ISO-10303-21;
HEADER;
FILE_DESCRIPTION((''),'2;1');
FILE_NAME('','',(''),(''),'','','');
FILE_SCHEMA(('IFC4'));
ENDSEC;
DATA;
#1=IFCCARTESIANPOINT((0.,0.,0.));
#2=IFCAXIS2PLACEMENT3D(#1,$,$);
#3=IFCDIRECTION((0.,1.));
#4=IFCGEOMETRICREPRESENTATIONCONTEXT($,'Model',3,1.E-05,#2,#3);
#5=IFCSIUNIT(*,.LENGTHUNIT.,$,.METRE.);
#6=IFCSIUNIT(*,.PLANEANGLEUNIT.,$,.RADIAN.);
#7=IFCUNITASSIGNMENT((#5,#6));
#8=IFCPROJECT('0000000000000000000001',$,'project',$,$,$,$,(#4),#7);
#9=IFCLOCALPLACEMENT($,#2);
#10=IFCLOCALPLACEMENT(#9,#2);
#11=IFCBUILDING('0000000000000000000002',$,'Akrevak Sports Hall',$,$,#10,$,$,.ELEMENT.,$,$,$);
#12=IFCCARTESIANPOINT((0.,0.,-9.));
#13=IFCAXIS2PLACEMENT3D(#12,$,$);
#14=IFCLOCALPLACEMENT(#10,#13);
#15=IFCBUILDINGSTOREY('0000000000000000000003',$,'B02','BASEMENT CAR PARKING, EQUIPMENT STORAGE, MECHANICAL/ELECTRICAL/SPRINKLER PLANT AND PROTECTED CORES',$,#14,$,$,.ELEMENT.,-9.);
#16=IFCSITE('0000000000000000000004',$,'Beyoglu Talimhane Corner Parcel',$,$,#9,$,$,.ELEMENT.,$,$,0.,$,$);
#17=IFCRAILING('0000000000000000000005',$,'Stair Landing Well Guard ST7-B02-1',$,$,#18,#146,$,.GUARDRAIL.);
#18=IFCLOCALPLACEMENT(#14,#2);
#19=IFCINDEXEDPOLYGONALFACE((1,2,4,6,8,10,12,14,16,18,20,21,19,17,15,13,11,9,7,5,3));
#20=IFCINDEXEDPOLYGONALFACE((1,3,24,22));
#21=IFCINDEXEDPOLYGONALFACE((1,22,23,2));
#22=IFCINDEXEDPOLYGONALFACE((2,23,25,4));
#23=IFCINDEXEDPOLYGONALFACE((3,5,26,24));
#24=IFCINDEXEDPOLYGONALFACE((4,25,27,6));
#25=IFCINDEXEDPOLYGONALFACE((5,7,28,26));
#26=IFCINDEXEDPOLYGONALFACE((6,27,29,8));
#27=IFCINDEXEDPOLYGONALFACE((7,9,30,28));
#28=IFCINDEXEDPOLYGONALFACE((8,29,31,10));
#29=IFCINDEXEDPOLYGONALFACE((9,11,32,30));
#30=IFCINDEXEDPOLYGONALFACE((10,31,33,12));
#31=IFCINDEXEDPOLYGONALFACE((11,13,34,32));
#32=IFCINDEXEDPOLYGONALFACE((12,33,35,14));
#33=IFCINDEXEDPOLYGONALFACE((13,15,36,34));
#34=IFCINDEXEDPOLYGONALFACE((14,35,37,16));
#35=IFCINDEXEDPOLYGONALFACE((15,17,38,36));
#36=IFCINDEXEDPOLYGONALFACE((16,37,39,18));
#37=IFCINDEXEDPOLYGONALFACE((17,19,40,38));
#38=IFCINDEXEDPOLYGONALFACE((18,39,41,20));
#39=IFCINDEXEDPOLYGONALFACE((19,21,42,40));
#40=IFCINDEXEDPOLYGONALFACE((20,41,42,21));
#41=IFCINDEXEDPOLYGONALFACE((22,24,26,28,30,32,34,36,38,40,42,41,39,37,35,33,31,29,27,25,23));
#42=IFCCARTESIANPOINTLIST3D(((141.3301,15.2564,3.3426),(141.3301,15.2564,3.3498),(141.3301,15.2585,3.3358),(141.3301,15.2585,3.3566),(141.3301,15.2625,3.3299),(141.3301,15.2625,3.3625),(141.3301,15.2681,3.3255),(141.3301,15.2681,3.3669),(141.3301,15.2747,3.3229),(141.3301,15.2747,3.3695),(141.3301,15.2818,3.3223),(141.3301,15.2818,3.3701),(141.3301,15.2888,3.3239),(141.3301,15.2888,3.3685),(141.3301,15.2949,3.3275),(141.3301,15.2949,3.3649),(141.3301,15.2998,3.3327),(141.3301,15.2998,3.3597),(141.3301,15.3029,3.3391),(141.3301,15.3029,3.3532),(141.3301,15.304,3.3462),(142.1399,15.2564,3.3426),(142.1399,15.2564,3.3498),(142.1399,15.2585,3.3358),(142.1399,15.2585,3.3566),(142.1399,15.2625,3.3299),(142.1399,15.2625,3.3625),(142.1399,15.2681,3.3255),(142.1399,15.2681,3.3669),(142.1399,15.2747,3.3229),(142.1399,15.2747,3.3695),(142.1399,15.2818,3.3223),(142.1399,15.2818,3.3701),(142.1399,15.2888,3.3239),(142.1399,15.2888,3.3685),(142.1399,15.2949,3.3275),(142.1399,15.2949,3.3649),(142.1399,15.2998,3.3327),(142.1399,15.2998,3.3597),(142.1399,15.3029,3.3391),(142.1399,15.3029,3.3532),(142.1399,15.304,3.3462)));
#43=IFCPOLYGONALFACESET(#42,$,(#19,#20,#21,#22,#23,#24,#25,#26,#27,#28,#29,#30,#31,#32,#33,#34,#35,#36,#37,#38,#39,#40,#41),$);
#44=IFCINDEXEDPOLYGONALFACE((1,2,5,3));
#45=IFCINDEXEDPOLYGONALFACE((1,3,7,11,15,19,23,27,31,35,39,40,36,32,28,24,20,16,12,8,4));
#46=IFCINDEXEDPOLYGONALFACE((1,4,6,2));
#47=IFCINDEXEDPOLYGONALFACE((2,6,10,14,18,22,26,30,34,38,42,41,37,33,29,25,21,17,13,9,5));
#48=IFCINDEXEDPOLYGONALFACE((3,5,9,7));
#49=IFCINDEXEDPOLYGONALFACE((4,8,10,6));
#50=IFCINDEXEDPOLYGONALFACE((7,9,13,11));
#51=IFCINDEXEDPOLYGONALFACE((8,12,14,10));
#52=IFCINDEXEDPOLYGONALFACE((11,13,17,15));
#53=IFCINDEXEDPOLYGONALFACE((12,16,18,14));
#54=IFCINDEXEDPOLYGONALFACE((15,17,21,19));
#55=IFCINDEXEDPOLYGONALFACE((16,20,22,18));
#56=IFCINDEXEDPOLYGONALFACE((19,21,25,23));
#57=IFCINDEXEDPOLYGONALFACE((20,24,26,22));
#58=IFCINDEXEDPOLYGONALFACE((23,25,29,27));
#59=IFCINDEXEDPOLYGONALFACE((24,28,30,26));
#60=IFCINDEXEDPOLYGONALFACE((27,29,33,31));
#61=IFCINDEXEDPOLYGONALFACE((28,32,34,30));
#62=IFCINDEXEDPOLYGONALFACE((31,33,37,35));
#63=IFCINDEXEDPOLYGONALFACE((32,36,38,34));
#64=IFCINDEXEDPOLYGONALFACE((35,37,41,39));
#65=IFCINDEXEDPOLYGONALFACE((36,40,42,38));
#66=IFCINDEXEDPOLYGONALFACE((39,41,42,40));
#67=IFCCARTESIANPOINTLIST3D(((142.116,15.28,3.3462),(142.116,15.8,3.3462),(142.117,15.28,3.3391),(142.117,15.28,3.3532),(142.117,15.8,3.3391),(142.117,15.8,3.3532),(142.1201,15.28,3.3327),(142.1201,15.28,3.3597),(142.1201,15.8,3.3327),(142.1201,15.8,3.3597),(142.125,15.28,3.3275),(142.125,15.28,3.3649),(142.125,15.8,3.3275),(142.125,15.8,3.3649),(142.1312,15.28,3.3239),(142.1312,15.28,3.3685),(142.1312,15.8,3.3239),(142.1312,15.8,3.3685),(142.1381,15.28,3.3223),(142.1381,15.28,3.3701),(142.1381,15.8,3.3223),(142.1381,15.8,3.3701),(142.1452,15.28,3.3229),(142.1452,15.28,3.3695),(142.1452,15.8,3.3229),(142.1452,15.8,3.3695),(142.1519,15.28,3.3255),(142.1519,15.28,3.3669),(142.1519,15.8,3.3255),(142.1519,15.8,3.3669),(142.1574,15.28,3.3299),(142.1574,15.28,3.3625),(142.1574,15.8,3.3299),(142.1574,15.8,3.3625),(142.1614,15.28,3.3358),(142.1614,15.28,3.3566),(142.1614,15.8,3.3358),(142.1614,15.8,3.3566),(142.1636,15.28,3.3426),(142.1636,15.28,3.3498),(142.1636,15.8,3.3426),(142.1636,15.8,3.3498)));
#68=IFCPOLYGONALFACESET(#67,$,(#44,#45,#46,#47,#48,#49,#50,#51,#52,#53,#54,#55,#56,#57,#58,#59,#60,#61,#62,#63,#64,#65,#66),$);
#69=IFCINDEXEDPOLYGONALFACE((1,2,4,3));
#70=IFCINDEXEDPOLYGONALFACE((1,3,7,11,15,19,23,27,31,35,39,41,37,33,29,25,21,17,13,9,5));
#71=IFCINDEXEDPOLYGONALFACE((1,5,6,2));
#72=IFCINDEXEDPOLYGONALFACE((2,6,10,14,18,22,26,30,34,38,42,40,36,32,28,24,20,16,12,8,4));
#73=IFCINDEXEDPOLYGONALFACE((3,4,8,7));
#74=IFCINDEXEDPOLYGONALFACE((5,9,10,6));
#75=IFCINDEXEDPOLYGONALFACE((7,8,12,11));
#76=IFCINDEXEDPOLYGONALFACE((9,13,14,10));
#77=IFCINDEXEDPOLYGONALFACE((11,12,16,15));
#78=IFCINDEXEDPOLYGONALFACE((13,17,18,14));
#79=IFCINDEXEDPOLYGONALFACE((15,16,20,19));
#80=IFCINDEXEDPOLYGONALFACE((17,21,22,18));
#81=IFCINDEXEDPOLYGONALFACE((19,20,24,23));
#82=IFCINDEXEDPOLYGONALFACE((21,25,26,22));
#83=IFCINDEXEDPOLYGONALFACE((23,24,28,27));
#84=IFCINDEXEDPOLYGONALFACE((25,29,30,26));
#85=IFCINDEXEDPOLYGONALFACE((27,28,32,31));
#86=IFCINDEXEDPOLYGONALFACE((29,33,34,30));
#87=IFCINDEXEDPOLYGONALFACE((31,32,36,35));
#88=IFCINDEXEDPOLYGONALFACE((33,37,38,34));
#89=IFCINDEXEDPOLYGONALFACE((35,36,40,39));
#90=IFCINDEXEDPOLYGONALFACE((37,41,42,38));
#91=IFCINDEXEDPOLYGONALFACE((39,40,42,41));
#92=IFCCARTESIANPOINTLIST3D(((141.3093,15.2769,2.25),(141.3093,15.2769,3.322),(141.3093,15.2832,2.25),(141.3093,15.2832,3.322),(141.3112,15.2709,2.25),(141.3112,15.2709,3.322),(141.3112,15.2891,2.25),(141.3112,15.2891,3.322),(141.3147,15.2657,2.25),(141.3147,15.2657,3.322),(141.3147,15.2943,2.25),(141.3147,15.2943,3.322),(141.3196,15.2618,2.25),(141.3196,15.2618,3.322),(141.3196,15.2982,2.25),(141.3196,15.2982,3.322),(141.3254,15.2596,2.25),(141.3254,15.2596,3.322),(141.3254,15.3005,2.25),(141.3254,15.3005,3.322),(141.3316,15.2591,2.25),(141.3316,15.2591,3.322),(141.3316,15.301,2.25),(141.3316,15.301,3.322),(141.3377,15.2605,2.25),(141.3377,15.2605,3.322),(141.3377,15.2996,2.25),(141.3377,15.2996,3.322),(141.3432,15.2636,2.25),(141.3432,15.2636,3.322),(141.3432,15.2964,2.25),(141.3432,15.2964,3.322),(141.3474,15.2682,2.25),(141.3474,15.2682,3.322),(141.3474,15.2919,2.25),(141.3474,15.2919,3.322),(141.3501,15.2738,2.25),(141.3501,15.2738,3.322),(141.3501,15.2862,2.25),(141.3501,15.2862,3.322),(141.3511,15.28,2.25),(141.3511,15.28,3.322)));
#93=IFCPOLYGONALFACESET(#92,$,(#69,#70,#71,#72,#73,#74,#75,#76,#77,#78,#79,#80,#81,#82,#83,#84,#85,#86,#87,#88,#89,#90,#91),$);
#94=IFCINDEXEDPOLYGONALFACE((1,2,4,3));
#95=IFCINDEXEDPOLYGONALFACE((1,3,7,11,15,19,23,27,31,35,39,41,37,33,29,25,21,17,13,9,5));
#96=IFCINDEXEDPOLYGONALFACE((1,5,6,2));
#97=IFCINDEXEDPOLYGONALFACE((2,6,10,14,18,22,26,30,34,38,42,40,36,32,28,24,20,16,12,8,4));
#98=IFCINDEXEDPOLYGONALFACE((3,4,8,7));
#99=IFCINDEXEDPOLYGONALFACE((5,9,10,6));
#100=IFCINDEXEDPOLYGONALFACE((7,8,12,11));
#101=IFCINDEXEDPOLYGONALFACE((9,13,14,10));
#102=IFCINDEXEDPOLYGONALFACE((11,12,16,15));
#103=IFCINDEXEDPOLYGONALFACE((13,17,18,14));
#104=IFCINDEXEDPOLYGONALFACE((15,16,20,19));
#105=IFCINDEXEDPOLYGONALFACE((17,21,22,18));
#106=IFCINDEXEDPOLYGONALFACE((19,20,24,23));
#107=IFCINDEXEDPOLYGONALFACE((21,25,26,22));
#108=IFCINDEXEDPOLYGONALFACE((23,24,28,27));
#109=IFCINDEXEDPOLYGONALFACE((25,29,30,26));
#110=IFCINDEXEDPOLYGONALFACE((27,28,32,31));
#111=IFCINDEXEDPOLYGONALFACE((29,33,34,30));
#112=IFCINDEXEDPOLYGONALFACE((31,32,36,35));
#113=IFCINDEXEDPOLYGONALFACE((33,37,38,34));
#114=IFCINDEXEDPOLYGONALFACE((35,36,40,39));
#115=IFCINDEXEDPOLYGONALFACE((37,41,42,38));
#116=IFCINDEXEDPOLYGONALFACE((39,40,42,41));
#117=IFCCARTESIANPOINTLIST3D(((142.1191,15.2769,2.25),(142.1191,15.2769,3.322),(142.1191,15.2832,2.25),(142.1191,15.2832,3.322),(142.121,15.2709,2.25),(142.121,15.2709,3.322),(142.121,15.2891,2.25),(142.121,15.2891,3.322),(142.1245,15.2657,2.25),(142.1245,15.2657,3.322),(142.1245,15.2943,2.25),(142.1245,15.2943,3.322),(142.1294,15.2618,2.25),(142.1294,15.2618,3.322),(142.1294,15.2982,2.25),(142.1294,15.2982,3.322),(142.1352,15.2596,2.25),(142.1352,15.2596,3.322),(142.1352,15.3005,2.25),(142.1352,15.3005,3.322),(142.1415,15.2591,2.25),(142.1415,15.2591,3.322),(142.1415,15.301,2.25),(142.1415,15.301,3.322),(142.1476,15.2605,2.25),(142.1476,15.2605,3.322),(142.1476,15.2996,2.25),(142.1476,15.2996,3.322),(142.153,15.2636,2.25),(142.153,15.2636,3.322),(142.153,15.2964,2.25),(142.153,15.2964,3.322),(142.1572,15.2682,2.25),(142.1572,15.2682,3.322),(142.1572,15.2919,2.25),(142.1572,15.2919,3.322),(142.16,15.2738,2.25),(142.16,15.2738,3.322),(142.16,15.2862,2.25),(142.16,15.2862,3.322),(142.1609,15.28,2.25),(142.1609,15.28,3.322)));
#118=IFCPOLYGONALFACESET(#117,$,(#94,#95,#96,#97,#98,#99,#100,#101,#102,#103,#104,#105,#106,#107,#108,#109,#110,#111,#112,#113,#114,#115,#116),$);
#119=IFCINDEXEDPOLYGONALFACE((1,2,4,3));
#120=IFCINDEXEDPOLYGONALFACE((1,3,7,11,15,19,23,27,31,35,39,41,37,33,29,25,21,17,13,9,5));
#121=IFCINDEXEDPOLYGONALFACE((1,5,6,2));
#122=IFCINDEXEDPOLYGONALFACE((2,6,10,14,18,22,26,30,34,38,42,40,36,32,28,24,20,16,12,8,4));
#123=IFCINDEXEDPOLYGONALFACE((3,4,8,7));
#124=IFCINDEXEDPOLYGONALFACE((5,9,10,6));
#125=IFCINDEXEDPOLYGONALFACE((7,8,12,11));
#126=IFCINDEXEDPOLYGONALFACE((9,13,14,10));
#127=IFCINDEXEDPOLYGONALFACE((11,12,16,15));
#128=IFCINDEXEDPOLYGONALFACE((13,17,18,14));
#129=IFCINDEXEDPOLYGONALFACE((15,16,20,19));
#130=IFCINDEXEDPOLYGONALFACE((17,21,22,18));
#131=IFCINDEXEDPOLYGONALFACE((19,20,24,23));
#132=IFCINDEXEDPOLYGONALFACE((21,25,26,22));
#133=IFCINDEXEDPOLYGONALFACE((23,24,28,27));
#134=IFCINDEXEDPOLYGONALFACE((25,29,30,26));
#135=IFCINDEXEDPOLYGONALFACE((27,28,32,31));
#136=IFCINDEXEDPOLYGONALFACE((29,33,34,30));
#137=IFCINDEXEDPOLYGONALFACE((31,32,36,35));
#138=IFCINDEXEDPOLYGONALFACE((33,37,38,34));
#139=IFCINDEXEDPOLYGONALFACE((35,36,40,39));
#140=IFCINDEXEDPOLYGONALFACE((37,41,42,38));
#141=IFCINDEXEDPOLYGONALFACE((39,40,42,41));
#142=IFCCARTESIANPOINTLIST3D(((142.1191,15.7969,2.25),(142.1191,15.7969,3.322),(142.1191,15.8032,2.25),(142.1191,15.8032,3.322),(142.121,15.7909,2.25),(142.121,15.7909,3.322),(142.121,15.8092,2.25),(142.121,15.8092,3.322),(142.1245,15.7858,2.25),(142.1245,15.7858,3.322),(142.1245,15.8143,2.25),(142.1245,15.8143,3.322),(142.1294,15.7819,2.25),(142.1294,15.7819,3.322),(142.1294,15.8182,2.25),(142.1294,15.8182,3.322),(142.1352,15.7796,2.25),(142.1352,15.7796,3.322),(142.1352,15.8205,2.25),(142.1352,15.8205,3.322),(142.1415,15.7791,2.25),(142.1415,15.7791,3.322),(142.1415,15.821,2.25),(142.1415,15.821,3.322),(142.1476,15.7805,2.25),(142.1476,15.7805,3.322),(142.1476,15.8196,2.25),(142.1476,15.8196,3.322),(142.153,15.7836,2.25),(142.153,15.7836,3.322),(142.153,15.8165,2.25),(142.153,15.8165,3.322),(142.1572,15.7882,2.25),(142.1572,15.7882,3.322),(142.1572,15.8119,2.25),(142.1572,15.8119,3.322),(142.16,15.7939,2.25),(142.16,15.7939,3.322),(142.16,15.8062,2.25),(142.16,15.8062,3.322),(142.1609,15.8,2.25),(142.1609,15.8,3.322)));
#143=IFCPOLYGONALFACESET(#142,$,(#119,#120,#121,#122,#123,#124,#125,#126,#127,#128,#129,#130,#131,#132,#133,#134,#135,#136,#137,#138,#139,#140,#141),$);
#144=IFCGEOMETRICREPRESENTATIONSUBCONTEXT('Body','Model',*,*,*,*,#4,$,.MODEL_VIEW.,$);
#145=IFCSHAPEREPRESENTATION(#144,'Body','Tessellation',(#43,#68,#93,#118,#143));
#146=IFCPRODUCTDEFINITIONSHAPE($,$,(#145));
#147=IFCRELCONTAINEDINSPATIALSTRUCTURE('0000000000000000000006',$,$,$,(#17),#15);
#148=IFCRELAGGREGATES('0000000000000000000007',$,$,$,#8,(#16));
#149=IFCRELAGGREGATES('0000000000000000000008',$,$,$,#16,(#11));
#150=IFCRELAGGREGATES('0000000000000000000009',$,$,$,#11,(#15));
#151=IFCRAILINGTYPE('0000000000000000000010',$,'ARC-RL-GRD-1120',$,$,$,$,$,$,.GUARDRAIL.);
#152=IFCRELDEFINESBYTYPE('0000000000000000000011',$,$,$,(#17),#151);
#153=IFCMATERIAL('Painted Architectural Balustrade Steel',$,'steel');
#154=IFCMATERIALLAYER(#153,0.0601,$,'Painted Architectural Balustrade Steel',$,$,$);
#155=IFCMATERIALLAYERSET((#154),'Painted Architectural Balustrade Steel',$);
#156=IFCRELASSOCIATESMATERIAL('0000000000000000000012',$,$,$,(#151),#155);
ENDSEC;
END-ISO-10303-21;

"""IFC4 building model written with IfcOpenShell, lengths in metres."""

from ifc_helpers import new_model, si_unit, direction, frame, origin, origin_2d, place, context, subcontext, project, spatial, circle, extrude, material, layer, layer_set, type_object, element, save


model = new_model("IFC4")

# Units and contexts
model_context = context("Model", 3, precision=1e-05, world=origin(), true_north=direction((0.0, 1.0)))
body_context = subcontext(model_context, "Body", "Model", "MODEL_VIEW")
ifc_project = project(units=[si_unit("LENGTHUNIT", "METRE"), si_unit("PLANEANGLEUNIT", "RADIAN")], contexts=[model_context])

# Site, building, storey
site_placement = place(None, origin())
site = spatial("IfcSite", under=ifc_project, at=site_placement, Name="Beyoglu Talimhane Corner Parcel", CompositionType="ELEMENT", RefElevation=0.0)
building_placement = place(site_placement, origin())
building = spatial("IfcBuilding", under=site, at=building_placement, Name="Akrevak Sports Hall", CompositionType="ELEMENT")
storey_placement = place(building_placement, frame((0.0, 0.0, -9.0)))
storey = spatial("IfcBuildingStorey", under=building, at=storey_placement, Name="B02", Description="BASEMENT CAR PARKING, EQUIPMENT STORAGE, MECHANICAL/ELECTRICAL/SPRINKLER PLANT AND PROTECTED CORES", CompositionType="ELEMENT", Elevation=-9.0)

# Railing
ifc_material_1 = material(Name="Painted Architectural Balustrade Steel", Category="steel")
ifc_layer_1 = layer(ifc_material_1, 0.0601, Name="Painted Architectural Balustrade Steel")
ifc_layer_set_1 = layer_set([ifc_layer_1], Name="Painted Architectural Balustrade Steel")
railing_type_1 = type_object("IfcRailingType", Name="ARC-RL-GRD-1120", PredefinedType="GUARDRAIL", material=ifc_layer_set_1)
railing_1_placement = place(storey_placement, frame((141.3301, 15.28, 2.25)))
element("IfcRailing", 1, at=railing_1_placement, inside=storey, type_object=railing_type_1, Name="Stair Landing Well Guard ST7-B02-1", PredefinedType="GUARDRAIL", context=body_context, shape_type="SweptSolid", body=[
    extrude(circle(Radius=0.0239, at=origin_2d()), frame((0.0, 0.0, 1.0962), z_axis=(1.0, 0.0, 0.0), x_axis=(0.0, 1.0, 0.0)), (0.0, 0.0, 1.0), 0.8098),
    extrude(circle(Radius=0.0239, at=origin_2d()), frame((0.8098, 0.0, 1.0962), z_axis=(0.0, 1.0, 0.0), x_axis=(-1.0, 0.0, 0.0)), (0.0, 0.0, 1.0), 0.52),
    extrude(circle(Radius=0.021, at=origin_2d()), origin(), (0.0, 0.0, 1.0), 1.072),
    extrude(circle(Radius=0.021, at=origin_2d()), frame((0.8098, 0.0, 0.0)), (0.0, 0.0, 1.0), 1.072),
    extrude(circle(Radius=0.021, at=origin_2d()), frame((0.8098, 0.52, 0.0)), (0.0, 0.0, 1.0), 1.072),
])

save(model, "model.ifc")
